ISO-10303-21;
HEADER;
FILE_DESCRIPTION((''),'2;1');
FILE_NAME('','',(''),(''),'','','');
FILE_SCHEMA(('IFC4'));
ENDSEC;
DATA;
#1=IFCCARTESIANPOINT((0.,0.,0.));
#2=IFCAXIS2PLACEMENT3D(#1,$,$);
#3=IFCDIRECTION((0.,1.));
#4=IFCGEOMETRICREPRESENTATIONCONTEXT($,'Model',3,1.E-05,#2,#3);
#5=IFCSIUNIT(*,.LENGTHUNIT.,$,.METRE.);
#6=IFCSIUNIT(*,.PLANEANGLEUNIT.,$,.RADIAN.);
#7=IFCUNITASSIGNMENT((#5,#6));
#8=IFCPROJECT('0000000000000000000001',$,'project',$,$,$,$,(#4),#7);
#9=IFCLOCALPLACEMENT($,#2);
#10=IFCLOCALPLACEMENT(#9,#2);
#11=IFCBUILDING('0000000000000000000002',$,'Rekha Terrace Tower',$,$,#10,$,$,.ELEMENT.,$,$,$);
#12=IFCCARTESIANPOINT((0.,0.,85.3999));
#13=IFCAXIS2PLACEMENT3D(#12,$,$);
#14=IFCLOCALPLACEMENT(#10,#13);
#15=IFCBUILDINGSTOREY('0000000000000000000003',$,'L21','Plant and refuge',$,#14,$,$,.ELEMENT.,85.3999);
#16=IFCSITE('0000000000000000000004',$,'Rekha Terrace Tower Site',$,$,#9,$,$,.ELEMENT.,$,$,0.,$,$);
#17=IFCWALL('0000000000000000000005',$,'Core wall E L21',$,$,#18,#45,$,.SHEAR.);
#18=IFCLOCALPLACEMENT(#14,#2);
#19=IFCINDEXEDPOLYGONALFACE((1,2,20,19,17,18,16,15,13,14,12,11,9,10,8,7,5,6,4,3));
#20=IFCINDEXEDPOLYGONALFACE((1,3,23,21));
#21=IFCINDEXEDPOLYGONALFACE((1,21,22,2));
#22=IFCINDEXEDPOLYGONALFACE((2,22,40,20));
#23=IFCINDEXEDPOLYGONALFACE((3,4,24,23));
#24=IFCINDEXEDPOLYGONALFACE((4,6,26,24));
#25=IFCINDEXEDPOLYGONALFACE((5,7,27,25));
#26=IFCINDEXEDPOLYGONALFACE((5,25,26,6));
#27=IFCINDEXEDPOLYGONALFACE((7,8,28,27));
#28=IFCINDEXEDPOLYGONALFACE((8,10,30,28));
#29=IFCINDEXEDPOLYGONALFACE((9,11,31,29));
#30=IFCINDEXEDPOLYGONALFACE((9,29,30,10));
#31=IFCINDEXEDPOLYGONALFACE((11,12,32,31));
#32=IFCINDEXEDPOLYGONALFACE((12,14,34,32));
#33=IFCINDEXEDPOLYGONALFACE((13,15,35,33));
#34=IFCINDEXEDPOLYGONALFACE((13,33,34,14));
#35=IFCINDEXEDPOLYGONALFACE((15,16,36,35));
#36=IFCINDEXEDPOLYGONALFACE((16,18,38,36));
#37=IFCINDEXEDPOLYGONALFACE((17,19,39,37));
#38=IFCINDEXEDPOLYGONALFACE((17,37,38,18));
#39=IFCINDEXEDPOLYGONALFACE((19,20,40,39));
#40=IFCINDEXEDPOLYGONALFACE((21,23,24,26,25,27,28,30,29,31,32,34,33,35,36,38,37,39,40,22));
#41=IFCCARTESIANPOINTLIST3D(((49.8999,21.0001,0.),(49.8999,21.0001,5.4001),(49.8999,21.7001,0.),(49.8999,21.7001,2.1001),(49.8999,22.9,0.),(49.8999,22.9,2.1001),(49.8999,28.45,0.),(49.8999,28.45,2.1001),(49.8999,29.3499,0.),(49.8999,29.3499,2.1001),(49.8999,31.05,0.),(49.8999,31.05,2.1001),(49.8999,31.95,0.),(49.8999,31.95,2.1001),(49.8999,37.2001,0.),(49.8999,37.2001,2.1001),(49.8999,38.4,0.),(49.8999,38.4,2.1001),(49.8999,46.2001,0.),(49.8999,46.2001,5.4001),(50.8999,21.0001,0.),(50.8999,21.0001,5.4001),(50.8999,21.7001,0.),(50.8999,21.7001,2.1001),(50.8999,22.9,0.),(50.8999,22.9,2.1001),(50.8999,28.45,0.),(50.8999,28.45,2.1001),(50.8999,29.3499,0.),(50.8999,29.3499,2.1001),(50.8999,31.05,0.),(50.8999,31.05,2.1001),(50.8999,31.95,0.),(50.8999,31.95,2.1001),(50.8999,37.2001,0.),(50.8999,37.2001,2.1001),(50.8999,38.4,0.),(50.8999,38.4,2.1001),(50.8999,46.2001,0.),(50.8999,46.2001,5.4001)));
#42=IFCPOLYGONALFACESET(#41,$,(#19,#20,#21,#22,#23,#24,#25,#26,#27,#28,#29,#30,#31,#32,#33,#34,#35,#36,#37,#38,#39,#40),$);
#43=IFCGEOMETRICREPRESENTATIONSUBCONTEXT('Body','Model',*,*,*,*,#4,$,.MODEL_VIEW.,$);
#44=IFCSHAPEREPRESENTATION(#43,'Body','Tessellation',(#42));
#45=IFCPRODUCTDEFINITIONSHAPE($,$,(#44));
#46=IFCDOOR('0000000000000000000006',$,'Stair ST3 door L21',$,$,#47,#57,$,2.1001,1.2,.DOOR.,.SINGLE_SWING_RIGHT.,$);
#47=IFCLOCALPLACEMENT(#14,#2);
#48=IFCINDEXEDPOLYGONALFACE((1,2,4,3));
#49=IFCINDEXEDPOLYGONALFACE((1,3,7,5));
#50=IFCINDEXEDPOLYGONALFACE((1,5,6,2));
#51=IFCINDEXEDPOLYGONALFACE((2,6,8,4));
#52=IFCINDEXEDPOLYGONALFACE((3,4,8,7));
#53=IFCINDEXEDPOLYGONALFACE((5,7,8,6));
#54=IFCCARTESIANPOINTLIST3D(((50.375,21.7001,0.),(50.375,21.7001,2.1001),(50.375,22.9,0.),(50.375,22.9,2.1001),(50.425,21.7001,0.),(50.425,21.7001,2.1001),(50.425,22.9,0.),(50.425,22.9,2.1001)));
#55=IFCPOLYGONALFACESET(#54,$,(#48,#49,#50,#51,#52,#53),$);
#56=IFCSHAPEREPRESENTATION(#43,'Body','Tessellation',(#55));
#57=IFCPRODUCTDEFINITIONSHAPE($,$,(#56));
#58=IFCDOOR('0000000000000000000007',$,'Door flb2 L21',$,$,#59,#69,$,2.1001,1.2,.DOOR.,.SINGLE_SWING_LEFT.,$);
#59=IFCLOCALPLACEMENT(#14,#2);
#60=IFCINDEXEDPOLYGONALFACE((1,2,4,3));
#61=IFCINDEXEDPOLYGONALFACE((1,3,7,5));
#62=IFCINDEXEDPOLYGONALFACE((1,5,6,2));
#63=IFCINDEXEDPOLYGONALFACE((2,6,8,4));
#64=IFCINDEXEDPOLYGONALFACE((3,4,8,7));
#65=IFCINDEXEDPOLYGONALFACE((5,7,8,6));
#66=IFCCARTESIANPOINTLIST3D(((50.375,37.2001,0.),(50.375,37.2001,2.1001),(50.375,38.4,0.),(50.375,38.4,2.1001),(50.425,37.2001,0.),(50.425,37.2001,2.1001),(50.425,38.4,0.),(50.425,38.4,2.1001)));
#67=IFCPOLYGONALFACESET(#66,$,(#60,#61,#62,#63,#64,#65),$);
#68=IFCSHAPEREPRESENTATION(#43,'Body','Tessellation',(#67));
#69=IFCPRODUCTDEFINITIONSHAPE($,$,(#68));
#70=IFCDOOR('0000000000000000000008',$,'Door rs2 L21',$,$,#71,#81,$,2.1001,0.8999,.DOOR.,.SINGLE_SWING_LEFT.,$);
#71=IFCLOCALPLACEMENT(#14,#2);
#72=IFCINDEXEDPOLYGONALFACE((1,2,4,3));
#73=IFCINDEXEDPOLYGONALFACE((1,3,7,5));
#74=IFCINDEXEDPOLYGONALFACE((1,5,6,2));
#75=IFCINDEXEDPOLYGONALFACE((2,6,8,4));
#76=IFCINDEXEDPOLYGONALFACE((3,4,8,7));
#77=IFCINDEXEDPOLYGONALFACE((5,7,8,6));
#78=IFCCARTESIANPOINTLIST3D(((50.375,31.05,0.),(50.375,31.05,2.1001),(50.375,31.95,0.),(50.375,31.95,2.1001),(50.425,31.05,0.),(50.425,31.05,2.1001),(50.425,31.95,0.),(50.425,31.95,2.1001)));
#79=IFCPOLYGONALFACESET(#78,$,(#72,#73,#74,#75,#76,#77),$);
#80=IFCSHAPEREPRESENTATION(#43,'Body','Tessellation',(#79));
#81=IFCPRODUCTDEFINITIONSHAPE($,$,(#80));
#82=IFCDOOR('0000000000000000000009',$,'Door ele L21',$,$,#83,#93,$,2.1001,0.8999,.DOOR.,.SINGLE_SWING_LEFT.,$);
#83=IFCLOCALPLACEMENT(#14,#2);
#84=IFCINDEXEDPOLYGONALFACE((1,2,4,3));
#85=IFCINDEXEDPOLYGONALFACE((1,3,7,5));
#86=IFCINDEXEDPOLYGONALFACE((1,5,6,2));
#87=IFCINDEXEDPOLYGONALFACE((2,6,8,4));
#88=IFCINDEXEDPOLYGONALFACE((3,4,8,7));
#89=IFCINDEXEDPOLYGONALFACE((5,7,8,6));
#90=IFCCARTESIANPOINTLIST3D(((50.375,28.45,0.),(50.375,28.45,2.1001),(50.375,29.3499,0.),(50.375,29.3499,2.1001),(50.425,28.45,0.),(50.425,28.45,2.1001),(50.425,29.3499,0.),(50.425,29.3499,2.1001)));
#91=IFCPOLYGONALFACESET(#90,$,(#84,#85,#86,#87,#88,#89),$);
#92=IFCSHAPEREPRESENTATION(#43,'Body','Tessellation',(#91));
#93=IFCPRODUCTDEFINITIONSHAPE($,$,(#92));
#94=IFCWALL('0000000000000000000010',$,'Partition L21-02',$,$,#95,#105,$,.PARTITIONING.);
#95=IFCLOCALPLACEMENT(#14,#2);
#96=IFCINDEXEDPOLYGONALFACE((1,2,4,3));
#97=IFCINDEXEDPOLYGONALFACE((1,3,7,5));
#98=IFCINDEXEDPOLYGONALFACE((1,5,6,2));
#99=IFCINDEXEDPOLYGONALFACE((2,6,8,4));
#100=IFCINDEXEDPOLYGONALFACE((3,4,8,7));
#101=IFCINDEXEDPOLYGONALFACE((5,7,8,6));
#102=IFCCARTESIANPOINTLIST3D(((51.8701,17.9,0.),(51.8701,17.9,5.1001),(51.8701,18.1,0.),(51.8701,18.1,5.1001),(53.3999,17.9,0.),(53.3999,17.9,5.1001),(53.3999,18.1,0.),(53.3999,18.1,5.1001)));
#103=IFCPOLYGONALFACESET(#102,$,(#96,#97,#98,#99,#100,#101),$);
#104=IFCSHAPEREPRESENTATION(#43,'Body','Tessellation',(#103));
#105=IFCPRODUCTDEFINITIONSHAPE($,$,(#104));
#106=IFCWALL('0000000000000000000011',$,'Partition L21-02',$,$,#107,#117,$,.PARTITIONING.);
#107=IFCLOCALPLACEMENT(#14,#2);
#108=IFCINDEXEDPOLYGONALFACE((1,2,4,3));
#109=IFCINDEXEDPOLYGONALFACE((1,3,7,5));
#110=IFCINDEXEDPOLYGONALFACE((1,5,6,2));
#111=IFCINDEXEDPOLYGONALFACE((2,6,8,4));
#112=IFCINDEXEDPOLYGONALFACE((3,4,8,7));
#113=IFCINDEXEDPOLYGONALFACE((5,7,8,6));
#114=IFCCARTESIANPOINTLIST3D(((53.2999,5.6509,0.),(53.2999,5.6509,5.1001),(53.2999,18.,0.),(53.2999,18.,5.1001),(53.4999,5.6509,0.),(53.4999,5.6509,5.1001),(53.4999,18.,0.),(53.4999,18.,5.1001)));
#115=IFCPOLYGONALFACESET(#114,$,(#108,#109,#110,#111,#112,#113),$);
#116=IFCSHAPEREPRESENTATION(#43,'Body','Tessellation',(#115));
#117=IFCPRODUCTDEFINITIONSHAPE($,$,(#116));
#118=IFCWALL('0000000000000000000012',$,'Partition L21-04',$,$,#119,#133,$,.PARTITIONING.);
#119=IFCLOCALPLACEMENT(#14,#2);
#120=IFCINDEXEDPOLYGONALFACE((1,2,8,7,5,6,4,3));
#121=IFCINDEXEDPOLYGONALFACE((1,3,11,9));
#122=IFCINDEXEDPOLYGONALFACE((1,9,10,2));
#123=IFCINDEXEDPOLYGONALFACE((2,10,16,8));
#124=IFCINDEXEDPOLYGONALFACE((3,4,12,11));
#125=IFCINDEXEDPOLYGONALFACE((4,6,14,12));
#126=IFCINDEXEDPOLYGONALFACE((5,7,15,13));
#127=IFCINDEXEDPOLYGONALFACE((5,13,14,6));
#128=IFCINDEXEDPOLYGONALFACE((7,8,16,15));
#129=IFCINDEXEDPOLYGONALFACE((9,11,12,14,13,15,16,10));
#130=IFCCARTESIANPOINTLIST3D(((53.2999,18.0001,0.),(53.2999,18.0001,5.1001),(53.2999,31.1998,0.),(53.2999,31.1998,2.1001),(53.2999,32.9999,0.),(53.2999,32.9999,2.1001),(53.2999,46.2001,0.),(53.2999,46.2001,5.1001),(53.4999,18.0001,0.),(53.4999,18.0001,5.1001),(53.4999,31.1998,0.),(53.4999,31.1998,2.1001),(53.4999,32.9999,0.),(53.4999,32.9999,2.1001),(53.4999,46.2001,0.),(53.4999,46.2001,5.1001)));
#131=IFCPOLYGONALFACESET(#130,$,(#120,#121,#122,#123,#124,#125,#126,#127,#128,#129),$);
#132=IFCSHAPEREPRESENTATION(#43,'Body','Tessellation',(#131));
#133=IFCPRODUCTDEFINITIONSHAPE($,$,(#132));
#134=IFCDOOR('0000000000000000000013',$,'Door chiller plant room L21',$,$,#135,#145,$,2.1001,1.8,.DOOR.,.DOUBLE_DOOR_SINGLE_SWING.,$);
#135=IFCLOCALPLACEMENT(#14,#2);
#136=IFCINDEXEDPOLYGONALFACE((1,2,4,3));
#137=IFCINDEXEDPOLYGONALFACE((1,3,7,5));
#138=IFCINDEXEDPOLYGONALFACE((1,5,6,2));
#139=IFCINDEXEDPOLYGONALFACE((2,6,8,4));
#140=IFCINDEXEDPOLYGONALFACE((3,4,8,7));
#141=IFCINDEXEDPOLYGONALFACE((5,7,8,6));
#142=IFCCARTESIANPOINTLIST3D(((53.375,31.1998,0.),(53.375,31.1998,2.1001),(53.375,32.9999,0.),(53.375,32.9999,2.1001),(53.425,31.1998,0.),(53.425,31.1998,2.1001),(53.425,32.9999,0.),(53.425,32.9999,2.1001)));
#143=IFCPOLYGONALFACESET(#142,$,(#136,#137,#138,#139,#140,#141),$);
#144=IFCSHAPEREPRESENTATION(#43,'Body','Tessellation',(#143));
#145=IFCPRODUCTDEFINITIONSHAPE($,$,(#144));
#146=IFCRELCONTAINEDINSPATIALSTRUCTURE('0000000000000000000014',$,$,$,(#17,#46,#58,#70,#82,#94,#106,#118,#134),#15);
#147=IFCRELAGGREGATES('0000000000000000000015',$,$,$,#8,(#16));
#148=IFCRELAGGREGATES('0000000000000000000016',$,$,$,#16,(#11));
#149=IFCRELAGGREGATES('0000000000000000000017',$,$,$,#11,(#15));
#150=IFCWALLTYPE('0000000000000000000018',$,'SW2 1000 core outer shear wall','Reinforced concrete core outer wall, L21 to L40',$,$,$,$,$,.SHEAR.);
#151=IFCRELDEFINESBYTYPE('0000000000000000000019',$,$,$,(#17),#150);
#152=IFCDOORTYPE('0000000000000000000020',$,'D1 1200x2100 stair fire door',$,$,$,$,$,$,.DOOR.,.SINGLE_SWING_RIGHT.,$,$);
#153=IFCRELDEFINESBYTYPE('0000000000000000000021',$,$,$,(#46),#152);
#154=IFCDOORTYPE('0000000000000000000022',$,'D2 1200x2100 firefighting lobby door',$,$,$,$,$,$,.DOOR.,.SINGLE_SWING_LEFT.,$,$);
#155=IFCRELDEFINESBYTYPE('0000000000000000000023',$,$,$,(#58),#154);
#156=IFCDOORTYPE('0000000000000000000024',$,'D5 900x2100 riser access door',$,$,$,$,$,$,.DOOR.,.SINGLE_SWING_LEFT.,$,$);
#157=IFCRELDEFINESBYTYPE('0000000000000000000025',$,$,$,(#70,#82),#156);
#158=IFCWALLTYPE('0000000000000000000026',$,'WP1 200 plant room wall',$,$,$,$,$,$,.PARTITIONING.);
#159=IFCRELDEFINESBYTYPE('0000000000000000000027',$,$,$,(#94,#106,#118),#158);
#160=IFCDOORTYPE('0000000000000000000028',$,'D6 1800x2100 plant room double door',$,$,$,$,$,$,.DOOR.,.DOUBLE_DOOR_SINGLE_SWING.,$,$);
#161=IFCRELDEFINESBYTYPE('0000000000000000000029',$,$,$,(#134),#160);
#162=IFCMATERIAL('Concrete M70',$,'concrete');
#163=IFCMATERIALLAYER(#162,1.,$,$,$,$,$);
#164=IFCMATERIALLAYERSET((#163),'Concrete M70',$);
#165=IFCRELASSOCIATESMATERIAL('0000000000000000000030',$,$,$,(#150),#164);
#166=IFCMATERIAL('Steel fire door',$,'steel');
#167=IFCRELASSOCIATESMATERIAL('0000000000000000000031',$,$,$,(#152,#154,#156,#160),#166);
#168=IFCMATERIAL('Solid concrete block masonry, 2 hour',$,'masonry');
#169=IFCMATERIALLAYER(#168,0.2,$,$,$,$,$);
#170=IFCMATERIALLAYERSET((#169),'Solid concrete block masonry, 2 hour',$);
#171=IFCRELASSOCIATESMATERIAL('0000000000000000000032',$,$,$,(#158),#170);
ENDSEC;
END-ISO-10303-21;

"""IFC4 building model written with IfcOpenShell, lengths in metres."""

from ifc_helpers import new_model, si_unit, direction, frame, frame_2d, origin, place, context, subcontext, project, spatial, rectangle, extrude, material, layer, layer_set, type_object, element, fill, save


model = new_model("IFC4")

# Units and contexts
model_context = context("Model", 3, precision=1e-05, world=origin(), true_north=direction((0.0, 1.0)))
body_context = subcontext(model_context, "Body", "Model", "MODEL_VIEW")
ifc_project = project(units=[si_unit("LENGTHUNIT", "METRE"), si_unit("PLANEANGLEUNIT", "RADIAN")], contexts=[model_context])

# Site, building, storey
site_placement = place(None, origin())
site = spatial("IfcSite", under=ifc_project, at=site_placement, Name="Rekha Terrace Tower Site", CompositionType="ELEMENT", RefElevation=0.0)
building_placement = place(site_placement, origin())
building = spatial("IfcBuilding", under=site, at=building_placement, Name="Rekha Terrace Tower", CompositionType="ELEMENT")
storey_placement = place(building_placement, frame((0.0, 0.0, 85.3999)))
storey = spatial("IfcBuildingStorey", under=building, at=storey_placement, Name="L21", Description="Plant and refuge", CompositionType="ELEMENT", Elevation=85.3999)

# Shared definitions
ifc_material_1 = material(Name="Concrete M70", Category="concrete")

# Wall, openings, doors
ifc_layer_1 = layer(ifc_material_1, 1.0)
ifc_layer_set_1 = layer_set([ifc_layer_1], Name="Concrete M70")
wall_type_1 = type_object("IfcWallType", Name="SW2 1000 core outer shear wall", Description="Reinforced concrete core outer wall, L21 to L40", PredefinedType="SHEAR", material=ifc_layer_set_1)
wall_1_placement = place(storey_placement, frame((50.3999, 21.0, 0.0), z_axis=(0.0, 0.0, 1.0), x_axis=(0.0, 1.0, 0.0)))
wall_1 = element("IfcWall", 1, at=wall_1_placement, inside=storey, type_object=wall_type_1, Name="Core wall E L21", PredefinedType="SHEAR", context=body_context, shape_type="SweptSolid", body=[
    extrude(rectangle(XDim=25.2, YDim=1.0, at=frame_2d((12.6001, 0.0))), origin(), (0.0, 0.0, 1.0), 5.4001),
])
opening_1_placement = place(wall_1_placement, frame((16.2, 0.0, 0.0)))
opening_1 = element("IfcOpeningElement", 2, at=opening_1_placement, cuts=wall_1, PredefinedType="OPENING", context=body_context, shape_type="SweptSolid", body=[
    extrude(rectangle(XDim=1.2, YDim=2.1001, at=frame_2d((0.6001, 1.05))), frame((0.0, 0.51, 0.0), z_axis=(0.0, -1.0, 0.0), x_axis=(1.0, 0.0, 0.0)), (0.0, 0.0, 1.0), 1.02),
])
opening_2_placement = place(wall_1_placement, frame((10.05, 0.0, 0.0)))
opening_2 = element("IfcOpeningElement", 3, at=opening_2_placement, cuts=wall_1, PredefinedType="OPENING", context=body_context, shape_type="SweptSolid", body=[
    extrude(rectangle(XDim=0.8999, YDim=2.1001, at=frame_2d((0.45, 1.05))), frame((0.0, 0.51, 0.0), z_axis=(0.0, -1.0, 0.0), x_axis=(1.0, 0.0, 0.0)), (0.0, 0.0, 1.0), 1.02),
])
opening_3_placement = place(wall_1_placement, frame((7.45, 0.0, 0.0)))
opening_3 = element("IfcOpeningElement", 4, at=opening_3_placement, cuts=wall_1, PredefinedType="OPENING", context=body_context, shape_type="SweptSolid", body=[
    extrude(rectangle(XDim=0.8999, YDim=2.1001, at=frame_2d((0.45, 1.05))), frame((0.0, 0.51, 0.0), z_axis=(0.0, -1.0, 0.0), x_axis=(1.0, 0.0, 0.0)), (0.0, 0.0, 1.0), 1.02),
])
opening_4_placement = place(wall_1_placement, frame((0.7, 0.0, 0.0)))
opening_4 = element("IfcOpeningElement", 5, at=opening_4_placement, cuts=wall_1, PredefinedType="OPENING", context=body_context, shape_type="SweptSolid", body=[
    extrude(rectangle(XDim=1.2, YDim=2.1001, at=frame_2d((0.6001, 1.05))), frame((0.0, 0.51, 0.0), z_axis=(0.0, -1.0, 0.0), x_axis=(1.0, 0.0, 0.0)), (0.0, 0.0, 1.0), 1.02),
])
ifc_material_2 = material(Name="Steel fire door", Category="steel")
door_type_1 = type_object("IfcDoorType", Name="D1 1200x2100 stair fire door", OperationType="SINGLE_SWING_RIGHT", PredefinedType="DOOR", material=ifc_material_2)
door_1_placement = place(opening_4_placement, origin())
door_1 = element("IfcDoor", 6, at=door_1_placement, inside=storey, type_object=door_type_1, Name="Stair ST3 door L21", OperationType="SINGLE_SWING_RIGHT", OverallHeight=2.1001, OverallWidth=1.2, PredefinedType="DOOR", context=body_context, shape_type="SweptSolid", body=[
    extrude(rectangle(XDim=1.2, YDim=2.1001, at=frame_2d((0.6001, 1.05))), frame((0.0, 0.0249, 0.0), z_axis=(0.0, -1.0, 0.0), x_axis=(1.0, 0.0, 0.0)), (0.0, 0.0, 1.0), 0.05),
])
fill(opening_4, door_1)
door_type_2 = type_object("IfcDoorType", Name="D2 1200x2100 firefighting lobby door", OperationType="SINGLE_SWING_LEFT", PredefinedType="DOOR", material=ifc_material_2)
door_2_placement = place(opening_1_placement, origin())
door_2 = element("IfcDoor", 7, at=door_2_placement, inside=storey, type_object=door_type_2, Name="Door flb2 L21", OperationType="SINGLE_SWING_LEFT", OverallHeight=2.1001, OverallWidth=1.2, PredefinedType="DOOR", context=body_context, shape_type="SweptSolid", body=[
    extrude(rectangle(XDim=1.2, YDim=2.1001, at=frame_2d((0.6001, 1.05))), frame((0.0, 0.0249, 0.0), z_axis=(0.0, -1.0, 0.0), x_axis=(1.0, 0.0, 0.0)), (0.0, 0.0, 1.0), 0.05),
])
fill(opening_1, door_2)
door_type_3 = type_object("IfcDoorType", Name="D5 900x2100 riser access door", OperationType="SINGLE_SWING_LEFT", PredefinedType="DOOR", material=ifc_material_2)
door_3_placement = place(opening_2_placement, origin())
door_3 = element("IfcDoor", 8, at=door_3_placement, inside=storey, type_object=door_type_3, Name="Door rs2 L21", OperationType="SINGLE_SWING_LEFT", OverallHeight=2.1001, OverallWidth=0.8999, PredefinedType="DOOR", context=body_context, shape_type="SweptSolid", body=[
    extrude(rectangle(XDim=0.8999, YDim=2.1001, at=frame_2d((0.45, 1.05))), frame((0.0, 0.0249, 0.0), z_axis=(0.0, -1.0, 0.0), x_axis=(1.0, 0.0, 0.0)), (0.0, 0.0, 1.0), 0.05),
])
fill(opening_2, door_3)
door_4_placement = place(opening_3_placement, origin())
door_4 = element("IfcDoor", 9, at=door_4_placement, inside=storey, type_object=door_type_3, Name="Door ele L21", OperationType="SINGLE_SWING_LEFT", OverallHeight=2.1001, OverallWidth=0.8999, PredefinedType="DOOR", context=body_context, shape_type="SweptSolid", body=[
    extrude(rectangle(XDim=0.8999, YDim=2.1001, at=frame_2d((0.45, 1.05))), frame((0.0, 0.0249, 0.0), z_axis=(0.0, -1.0, 0.0), x_axis=(1.0, 0.0, 0.0)), (0.0, 0.0, 1.0), 0.05),
])
fill(opening_3, door_4)

# Walls
ifc_material_3 = material(Name="Solid concrete block masonry, 2 hour", Category="masonry")
ifc_layer_2 = layer(ifc_material_3, 0.2)
ifc_layer_set_2 = layer_set([ifc_layer_2], Name="Solid concrete block masonry, 2 hour")
wall_type_2 = type_object("IfcWallType", Name="WP1 200 plant room wall", PredefinedType="PARTITIONING", material=ifc_layer_set_2)
wall_2_placement = place(storey_placement, frame((51.8701, 18.0, 0.0), z_axis=(0.0, 0.0, 1.0), x_axis=(1.0, 0.0, 0.0)))
element("IfcWall", 10, at=wall_2_placement, inside=storey, type_object=wall_type_2, Name="Partition L21-02", PredefinedType="PARTITIONING", context=body_context, shape_type="SweptSolid", body=[
    extrude(rectangle(XDim=1.5298, YDim=0.2, at=frame_2d((0.7649, 0.0))), origin(), (0.0, 0.0, 1.0), 5.1001),
])
wall_3_placement = place(storey_placement, frame((53.3999, 18.0, 0.0), z_axis=(0.0, 0.0, 1.0), x_axis=(0.0, -1.0, 0.0)))
element("IfcWall", 11, at=wall_3_placement, inside=storey, type_object=wall_type_2, Name="Partition L21-02", PredefinedType="PARTITIONING", context=body_context, shape_type="SweptSolid", body=[
    extrude(rectangle(XDim=12.3491, YDim=0.2, at=frame_2d((6.1746, 0.0))), origin(), (0.0, 0.0, 1.0), 5.1001),
])

# Wall, opening, door
wall_4_placement = place(storey_placement, frame((53.3999, 18.0, 0.0), z_axis=(0.0, 0.0, 1.0), x_axis=(0.0, 1.0, 0.0)))
wall_4 = element("IfcWall", 12, at=wall_4_placement, inside=storey, type_object=wall_type_2, Name="Partition L21-04", PredefinedType="PARTITIONING", context=body_context, shape_type="SweptSolid", body=[
    extrude(rectangle(XDim=28.2, YDim=0.2, at=frame_2d((14.1001, 0.0))), origin(), (0.0, 0.0, 1.0), 5.1001),
])
opening_5_placement = place(wall_4_placement, frame((13.2, 0.0, 0.0)))
opening_5 = element("IfcOpeningElement", 13, at=opening_5_placement, cuts=wall_4, PredefinedType="OPENING", context=body_context, shape_type="SweptSolid", body=[
    extrude(rectangle(XDim=1.8, YDim=2.1001, at=frame_2d((0.8999, 1.05))), frame((0.0, 0.1099, 0.0), z_axis=(0.0, -1.0, 0.0), x_axis=(1.0, 0.0, 0.0)), (0.0, 0.0, 1.0), 0.22),
])
door_type_4 = type_object("IfcDoorType", Name="D6 1800x2100 plant room double door", OperationType="DOUBLE_DOOR_SINGLE_SWING", PredefinedType="DOOR", material=ifc_material_2)
door_5_placement = place(opening_5_placement, origin())
door_5 = element("IfcDoor", 14, at=door_5_placement, inside=storey, type_object=door_type_4, Name="Door chiller plant room L21", OperationType="DOUBLE_DOOR_SINGLE_SWING", OverallHeight=2.1001, OverallWidth=1.8, PredefinedType="DOOR", context=body_context, shape_type="SweptSolid", body=[
    extrude(rectangle(XDim=1.8, YDim=2.1001, at=frame_2d((0.8999, 1.05))), frame((0.0, 0.0249, 0.0), z_axis=(0.0, -1.0, 0.0), x_axis=(1.0, 0.0, 0.0)), (0.0, 0.0, 1.0), 0.05),
])
fill(opening_5, door_5)

save(model, "model.ifc")
